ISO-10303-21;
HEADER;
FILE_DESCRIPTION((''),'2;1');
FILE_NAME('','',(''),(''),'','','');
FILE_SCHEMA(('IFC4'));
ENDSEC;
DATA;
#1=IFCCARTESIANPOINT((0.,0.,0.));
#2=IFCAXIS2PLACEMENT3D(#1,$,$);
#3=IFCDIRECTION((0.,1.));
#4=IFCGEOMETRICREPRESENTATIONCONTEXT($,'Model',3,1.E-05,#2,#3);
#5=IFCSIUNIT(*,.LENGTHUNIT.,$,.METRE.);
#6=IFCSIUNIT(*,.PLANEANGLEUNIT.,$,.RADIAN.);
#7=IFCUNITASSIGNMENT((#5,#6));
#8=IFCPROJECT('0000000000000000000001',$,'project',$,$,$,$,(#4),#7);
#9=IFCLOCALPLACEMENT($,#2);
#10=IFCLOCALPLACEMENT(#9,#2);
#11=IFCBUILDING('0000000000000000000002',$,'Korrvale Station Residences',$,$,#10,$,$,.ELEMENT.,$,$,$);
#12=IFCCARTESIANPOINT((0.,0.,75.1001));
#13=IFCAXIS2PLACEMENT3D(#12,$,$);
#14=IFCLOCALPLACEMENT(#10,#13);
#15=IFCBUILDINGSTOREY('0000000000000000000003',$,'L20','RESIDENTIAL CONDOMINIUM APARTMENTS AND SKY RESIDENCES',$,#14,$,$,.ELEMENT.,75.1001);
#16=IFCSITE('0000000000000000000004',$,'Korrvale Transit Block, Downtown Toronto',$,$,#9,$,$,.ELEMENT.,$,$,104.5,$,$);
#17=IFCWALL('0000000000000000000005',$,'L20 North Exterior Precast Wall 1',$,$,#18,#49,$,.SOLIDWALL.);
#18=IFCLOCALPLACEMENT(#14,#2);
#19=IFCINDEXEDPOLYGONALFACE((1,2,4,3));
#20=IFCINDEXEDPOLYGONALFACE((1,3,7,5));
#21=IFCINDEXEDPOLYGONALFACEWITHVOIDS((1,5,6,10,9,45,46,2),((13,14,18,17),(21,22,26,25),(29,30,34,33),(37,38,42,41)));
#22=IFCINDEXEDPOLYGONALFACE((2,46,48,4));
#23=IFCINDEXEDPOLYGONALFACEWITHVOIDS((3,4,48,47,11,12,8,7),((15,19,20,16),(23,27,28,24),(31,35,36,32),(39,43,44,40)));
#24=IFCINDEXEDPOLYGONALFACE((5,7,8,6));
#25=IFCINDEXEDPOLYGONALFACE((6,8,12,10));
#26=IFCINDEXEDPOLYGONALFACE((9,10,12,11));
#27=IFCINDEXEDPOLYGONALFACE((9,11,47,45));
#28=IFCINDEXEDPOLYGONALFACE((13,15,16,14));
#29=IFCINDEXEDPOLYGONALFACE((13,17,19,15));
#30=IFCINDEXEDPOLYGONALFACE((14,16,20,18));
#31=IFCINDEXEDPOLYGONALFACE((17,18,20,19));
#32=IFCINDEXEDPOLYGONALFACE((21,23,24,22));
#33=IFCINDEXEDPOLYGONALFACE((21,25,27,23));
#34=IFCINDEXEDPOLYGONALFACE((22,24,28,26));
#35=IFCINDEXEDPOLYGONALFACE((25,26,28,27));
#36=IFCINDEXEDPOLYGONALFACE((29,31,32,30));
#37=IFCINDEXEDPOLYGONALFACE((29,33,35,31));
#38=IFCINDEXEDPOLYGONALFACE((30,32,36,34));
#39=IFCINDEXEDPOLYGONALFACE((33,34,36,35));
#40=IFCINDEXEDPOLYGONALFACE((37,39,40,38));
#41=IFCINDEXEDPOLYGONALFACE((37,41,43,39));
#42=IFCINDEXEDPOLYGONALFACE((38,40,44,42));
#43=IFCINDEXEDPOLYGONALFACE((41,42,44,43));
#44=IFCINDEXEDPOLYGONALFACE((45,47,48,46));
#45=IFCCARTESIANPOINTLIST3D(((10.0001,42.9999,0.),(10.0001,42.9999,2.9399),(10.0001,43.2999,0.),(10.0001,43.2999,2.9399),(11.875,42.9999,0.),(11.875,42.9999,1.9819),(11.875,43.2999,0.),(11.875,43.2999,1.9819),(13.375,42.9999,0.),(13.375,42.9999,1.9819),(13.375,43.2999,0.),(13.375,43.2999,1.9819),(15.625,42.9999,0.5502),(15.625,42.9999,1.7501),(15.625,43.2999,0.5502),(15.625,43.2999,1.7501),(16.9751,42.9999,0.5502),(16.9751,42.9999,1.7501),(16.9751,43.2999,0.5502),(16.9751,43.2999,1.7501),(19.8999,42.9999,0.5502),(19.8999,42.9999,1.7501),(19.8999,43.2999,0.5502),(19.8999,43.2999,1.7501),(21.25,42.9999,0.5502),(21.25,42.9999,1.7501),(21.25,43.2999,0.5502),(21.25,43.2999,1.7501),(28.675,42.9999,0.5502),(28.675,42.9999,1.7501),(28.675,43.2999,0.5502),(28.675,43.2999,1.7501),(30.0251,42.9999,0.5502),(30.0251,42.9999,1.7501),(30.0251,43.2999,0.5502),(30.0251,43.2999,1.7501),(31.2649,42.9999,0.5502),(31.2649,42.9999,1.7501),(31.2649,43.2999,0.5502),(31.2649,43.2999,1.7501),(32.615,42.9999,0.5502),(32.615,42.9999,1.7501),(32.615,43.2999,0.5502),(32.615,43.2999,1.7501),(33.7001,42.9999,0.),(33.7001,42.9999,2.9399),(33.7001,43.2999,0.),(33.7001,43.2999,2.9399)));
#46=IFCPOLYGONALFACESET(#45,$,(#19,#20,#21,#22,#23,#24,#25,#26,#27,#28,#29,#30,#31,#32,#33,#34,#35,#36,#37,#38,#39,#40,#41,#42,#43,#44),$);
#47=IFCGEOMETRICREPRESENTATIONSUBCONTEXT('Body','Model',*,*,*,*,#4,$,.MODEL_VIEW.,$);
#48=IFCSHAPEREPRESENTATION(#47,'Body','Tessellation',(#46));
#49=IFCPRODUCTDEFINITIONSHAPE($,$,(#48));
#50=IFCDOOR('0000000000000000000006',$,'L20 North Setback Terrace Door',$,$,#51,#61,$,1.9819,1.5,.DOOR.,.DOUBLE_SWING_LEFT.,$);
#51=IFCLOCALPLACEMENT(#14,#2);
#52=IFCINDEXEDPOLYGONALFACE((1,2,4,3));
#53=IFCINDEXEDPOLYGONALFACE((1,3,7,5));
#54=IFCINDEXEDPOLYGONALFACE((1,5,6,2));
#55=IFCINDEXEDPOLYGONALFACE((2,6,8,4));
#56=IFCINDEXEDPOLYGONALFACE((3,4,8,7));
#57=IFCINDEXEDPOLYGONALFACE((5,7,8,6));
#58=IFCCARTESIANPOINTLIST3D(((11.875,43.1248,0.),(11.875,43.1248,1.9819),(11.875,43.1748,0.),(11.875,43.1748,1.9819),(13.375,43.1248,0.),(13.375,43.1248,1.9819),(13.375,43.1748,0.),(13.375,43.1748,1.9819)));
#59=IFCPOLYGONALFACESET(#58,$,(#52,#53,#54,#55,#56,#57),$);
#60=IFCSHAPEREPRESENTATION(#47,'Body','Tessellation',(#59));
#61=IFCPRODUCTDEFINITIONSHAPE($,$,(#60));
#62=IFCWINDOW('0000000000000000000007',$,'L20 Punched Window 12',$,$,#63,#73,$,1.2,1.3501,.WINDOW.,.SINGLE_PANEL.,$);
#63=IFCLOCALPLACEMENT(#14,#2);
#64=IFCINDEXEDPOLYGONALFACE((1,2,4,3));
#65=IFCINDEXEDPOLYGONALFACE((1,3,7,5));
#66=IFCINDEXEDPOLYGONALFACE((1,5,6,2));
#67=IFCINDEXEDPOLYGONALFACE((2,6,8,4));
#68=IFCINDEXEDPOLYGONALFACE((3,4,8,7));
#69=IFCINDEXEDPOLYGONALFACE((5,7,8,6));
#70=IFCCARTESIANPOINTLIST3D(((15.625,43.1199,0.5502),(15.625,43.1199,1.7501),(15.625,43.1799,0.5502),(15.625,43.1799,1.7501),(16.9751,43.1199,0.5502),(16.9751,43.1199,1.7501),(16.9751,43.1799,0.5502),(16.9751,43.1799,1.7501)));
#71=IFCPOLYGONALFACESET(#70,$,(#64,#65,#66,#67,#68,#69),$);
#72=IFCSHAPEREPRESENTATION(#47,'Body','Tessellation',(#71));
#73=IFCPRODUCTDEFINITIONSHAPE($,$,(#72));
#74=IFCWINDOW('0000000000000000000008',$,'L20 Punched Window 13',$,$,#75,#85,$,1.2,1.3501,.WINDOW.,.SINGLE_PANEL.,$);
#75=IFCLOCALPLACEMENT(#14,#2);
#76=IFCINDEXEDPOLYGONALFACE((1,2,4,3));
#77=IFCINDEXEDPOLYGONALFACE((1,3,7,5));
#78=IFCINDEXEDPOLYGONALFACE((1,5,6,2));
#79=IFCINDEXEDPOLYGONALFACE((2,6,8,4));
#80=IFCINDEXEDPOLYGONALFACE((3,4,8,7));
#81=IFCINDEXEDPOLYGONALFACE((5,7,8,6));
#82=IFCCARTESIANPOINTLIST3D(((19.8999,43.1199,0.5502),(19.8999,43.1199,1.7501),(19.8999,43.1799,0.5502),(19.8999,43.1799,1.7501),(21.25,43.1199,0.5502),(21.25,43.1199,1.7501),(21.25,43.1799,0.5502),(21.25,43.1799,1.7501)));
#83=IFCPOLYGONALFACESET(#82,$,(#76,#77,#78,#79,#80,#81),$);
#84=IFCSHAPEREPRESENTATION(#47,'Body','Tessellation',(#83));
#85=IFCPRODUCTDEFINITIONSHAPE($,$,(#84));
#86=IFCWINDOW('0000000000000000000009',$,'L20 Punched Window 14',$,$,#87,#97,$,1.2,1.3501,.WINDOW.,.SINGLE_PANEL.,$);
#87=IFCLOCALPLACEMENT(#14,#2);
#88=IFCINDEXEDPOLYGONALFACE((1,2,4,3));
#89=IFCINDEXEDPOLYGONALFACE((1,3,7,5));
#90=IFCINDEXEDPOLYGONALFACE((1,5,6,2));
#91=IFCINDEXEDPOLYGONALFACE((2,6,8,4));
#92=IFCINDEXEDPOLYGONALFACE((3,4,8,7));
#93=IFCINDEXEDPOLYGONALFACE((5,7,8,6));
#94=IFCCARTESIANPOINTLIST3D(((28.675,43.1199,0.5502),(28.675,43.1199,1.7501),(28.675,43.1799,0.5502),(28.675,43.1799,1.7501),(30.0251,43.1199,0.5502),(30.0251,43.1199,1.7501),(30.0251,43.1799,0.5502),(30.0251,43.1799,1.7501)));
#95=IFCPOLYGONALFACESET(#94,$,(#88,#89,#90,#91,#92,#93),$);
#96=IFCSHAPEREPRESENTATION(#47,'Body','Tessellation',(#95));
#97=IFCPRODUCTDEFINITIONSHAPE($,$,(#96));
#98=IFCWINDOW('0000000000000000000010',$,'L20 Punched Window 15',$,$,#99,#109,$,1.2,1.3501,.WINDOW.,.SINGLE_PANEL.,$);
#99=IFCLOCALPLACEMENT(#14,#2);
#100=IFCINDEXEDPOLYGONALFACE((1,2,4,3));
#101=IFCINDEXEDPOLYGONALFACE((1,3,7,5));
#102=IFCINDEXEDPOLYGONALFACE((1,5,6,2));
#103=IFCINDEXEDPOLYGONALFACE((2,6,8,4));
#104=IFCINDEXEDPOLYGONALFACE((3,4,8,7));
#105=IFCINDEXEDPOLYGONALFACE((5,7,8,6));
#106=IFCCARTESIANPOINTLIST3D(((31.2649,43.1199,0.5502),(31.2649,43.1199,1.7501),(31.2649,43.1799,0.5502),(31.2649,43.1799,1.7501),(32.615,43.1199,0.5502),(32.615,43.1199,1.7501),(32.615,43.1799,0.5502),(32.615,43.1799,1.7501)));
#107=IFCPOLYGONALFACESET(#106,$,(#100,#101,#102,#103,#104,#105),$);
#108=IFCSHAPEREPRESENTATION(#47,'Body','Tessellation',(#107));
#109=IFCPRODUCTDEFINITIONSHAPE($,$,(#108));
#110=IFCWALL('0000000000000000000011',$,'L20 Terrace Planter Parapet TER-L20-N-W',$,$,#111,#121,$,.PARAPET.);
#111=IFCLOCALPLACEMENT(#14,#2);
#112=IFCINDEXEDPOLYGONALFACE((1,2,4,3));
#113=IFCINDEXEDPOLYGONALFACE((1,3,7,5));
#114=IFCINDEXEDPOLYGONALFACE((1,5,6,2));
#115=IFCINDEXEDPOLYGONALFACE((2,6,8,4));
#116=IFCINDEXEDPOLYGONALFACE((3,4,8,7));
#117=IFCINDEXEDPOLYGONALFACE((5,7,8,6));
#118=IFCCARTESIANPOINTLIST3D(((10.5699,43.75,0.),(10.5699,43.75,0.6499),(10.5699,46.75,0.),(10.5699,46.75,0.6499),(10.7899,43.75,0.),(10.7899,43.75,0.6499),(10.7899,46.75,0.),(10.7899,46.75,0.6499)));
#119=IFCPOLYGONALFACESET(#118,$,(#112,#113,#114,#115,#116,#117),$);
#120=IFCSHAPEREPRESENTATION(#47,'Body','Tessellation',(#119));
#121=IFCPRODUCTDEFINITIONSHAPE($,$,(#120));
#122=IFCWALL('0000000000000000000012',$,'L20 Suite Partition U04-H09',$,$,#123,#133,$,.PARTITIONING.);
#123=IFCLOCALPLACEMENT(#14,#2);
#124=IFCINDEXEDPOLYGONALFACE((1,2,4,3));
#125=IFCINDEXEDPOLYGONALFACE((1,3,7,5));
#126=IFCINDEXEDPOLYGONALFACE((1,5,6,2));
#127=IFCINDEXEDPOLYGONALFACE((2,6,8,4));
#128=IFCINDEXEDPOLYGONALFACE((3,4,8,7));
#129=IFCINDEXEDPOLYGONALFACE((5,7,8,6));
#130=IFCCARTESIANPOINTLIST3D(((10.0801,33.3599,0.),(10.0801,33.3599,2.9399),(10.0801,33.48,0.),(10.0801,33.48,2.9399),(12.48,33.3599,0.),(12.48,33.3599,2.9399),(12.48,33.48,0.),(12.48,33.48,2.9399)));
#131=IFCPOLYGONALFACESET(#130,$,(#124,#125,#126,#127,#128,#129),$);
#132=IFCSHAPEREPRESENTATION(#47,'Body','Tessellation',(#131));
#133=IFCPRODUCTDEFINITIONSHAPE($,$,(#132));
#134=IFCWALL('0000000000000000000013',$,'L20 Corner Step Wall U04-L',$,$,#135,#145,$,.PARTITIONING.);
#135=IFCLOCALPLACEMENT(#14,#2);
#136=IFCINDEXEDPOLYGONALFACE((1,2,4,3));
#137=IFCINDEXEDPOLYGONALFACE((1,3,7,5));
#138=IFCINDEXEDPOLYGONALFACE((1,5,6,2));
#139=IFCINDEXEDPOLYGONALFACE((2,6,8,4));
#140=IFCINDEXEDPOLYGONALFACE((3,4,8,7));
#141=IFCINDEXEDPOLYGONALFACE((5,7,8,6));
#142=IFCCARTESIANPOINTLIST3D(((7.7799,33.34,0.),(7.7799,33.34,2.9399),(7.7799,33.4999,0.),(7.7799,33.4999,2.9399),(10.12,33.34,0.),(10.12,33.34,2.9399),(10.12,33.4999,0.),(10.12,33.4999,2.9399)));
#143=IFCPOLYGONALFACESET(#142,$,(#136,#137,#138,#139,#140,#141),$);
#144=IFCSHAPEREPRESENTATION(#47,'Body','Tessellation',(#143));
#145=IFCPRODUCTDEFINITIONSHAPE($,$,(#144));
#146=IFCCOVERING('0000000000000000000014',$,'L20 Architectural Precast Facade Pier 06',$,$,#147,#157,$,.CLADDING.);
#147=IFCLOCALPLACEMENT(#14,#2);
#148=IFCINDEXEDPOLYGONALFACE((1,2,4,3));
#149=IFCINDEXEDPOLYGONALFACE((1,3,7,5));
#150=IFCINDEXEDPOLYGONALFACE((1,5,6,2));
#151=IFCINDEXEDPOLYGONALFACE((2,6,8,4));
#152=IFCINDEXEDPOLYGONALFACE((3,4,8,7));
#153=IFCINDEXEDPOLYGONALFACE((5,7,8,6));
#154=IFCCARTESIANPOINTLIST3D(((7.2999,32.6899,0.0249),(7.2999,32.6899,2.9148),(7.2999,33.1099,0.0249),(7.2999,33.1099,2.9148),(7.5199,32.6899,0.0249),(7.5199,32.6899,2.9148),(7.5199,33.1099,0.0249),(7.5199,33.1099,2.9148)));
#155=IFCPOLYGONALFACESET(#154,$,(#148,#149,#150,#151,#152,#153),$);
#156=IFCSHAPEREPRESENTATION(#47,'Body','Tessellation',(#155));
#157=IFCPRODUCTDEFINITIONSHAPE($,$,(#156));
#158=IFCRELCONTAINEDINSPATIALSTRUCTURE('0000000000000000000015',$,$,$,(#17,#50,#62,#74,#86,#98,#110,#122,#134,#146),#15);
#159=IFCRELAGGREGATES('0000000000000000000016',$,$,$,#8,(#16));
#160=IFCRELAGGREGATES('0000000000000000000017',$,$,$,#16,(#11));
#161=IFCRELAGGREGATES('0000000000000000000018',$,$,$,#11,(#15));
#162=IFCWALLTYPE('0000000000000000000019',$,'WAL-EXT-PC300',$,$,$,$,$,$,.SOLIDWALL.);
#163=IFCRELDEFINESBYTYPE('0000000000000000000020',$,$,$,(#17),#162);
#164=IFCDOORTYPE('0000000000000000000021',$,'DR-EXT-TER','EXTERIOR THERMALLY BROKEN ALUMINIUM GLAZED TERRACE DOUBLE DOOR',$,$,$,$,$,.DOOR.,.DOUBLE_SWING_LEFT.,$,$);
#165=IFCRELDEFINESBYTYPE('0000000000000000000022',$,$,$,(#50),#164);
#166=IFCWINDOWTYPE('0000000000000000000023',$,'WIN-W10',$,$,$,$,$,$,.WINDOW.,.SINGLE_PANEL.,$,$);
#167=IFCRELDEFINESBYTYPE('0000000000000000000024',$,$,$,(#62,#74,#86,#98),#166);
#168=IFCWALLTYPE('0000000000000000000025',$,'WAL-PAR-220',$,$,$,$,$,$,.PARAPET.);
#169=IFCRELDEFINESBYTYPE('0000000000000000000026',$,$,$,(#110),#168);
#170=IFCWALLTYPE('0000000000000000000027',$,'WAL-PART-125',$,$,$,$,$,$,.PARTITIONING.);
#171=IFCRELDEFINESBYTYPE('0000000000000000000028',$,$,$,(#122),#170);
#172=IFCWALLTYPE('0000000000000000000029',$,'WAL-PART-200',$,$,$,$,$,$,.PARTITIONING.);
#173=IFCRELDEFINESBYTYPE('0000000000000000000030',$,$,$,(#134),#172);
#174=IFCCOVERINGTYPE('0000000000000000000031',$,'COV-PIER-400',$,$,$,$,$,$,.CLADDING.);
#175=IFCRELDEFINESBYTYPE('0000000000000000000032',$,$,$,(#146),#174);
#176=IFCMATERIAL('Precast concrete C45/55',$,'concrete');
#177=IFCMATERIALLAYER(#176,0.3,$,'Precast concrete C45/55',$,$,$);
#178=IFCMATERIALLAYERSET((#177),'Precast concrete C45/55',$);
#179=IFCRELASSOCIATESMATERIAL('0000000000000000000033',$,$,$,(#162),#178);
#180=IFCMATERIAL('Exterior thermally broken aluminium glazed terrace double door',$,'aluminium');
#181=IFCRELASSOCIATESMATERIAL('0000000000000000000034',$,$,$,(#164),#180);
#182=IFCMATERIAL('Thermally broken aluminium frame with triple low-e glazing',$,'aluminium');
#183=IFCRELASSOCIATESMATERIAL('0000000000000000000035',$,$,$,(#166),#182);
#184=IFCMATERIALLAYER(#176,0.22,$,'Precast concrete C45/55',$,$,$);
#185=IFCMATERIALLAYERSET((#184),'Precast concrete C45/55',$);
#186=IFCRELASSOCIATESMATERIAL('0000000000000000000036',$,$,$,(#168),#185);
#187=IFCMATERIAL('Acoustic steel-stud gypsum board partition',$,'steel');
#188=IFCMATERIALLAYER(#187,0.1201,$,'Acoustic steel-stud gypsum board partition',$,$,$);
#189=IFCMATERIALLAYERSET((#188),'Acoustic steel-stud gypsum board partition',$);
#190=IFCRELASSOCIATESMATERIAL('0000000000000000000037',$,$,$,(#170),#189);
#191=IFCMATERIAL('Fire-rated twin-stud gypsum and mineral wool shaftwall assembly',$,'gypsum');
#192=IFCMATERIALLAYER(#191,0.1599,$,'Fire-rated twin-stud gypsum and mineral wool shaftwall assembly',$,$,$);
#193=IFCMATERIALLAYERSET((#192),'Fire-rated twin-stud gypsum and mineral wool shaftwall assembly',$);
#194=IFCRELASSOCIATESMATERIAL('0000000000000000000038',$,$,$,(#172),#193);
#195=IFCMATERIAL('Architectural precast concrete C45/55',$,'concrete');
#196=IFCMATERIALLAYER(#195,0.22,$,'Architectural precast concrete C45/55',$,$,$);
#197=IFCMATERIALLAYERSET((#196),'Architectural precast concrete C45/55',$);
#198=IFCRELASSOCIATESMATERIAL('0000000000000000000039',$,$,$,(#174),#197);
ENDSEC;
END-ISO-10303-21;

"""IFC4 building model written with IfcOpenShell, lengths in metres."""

from ifc_helpers import new_model, si_unit, direction, frame, frame_2d, origin, origin_2d, place, context, subcontext, project, spatial, rectangle, extrude, material, layer, layer_set, type_object, element, fill, save


model = new_model("IFC4")

# Units and contexts
model_context = context("Model", 3, precision=1e-05, world=origin(), true_north=direction((0.0, 1.0)))
body_context = subcontext(model_context, "Body", "Model", "MODEL_VIEW")
ifc_project = project(units=[si_unit("LENGTHUNIT", "METRE"), si_unit("PLANEANGLEUNIT", "RADIAN")], contexts=[model_context])

# Site, building, storey
site_placement = place(None, origin())
site = spatial("IfcSite", under=ifc_project, at=site_placement, Name="Korrvale Transit Block, Downtown Toronto", CompositionType="ELEMENT", RefElevation=104.5)
building_placement = place(site_placement, origin())
building = spatial("IfcBuilding", under=site, at=building_placement, Name="Korrvale Station Residences", CompositionType="ELEMENT")
storey_placement = place(building_placement, frame((0.0, 0.0, 75.1001)))
storey = spatial("IfcBuildingStorey", under=building, at=storey_placement, Name="L20", Description="RESIDENTIAL CONDOMINIUM APARTMENTS AND SKY RESIDENCES", CompositionType="ELEMENT", Elevation=75.1001)

# Shared definitions
ifc_material_1 = material(Name="Precast concrete C45/55", Category="concrete")

# Wall, openings, door, windows
ifc_layer_1 = layer(ifc_material_1, 0.3, Name="Precast concrete C45/55")
ifc_layer_set_1 = layer_set([ifc_layer_1], Name="Precast concrete C45/55")
wall_type_1 = type_object("IfcWallType", Name="WAL-EXT-PC300", PredefinedType="SOLIDWALL", material=ifc_layer_set_1)
wall_1_placement = place(storey_placement, frame((10.0, 43.1499, 0.0), z_axis=(0.0, 0.0, 1.0), x_axis=(1.0, 0.0, 0.0)))
wall_1 = element("IfcWall", 1, at=wall_1_placement, inside=storey, type_object=wall_type_1, Name="L20 North Exterior Precast Wall 1", PredefinedType="SOLIDWALL", context=body_context, shape_type="SweptSolid", body=[
    extrude(rectangle(XDim=23.7, YDim=0.3, at=frame_2d((11.8501, 0.0))), origin(), (0.0, 0.0, 1.0), 2.9399),
])
opening_1_placement = place(wall_1_placement, frame((1.875, 0.0, 0.0)))
opening_1 = element("IfcOpeningElement", 2, at=opening_1_placement, cuts=wall_1, PredefinedType="OPENING", context=body_context, shape_type="SweptSolid", body=[
    extrude(rectangle(XDim=1.5, YDim=1.9819, at=frame_2d((0.75, 0.991))), frame((0.0, 0.1602, 0.0), z_axis=(0.0, -1.0, 0.0), x_axis=(1.0, 0.0, 0.0)), (0.0, 0.0, 1.0), 0.3201),
])
opening_2_placement = place(wall_1_placement, frame((5.625, 0.0, 0.55)))
opening_2 = element("IfcOpeningElement", 3, at=opening_2_placement, cuts=wall_1, PredefinedType="OPENING", context=body_context, shape_type="SweptSolid", body=[
    extrude(rectangle(XDim=1.3501, YDim=1.2, at=frame_2d((0.675, 0.6001))), frame((0.0, 0.1602, 0.0), z_axis=(0.0, -1.0, 0.0), x_axis=(1.0, 0.0, 0.0)), (0.0, 0.0, 1.0), 0.3201),
])
opening_3_placement = place(wall_1_placement, frame((9.8999, 0.0, 0.55)))
opening_3 = element("IfcOpeningElement", 4, at=opening_3_placement, cuts=wall_1, PredefinedType="OPENING", context=body_context, shape_type="SweptSolid", body=[
    extrude(rectangle(XDim=1.3501, YDim=1.2, at=frame_2d((0.675, 0.6001))), frame((0.0, 0.1602, 0.0), z_axis=(0.0, -1.0, 0.0), x_axis=(1.0, 0.0, 0.0)), (0.0, 0.0, 1.0), 0.3201),
])
opening_4_placement = place(wall_1_placement, frame((18.675, 0.0, 0.55)))
opening_4 = element("IfcOpeningElement", 5, at=opening_4_placement, cuts=wall_1, PredefinedType="OPENING", context=body_context, shape_type="SweptSolid", body=[
    extrude(rectangle(XDim=1.3501, YDim=1.2, at=frame_2d((0.675, 0.6001))), frame((0.0, 0.1602, 0.0), z_axis=(0.0, -1.0, 0.0), x_axis=(1.0, 0.0, 0.0)), (0.0, 0.0, 1.0), 0.3201),
])
opening_5_placement = place(wall_1_placement, frame((21.2649, 0.0, 0.55)))
opening_5 = element("IfcOpeningElement", 6, at=opening_5_placement, cuts=wall_1, PredefinedType="OPENING", context=body_context, shape_type="SweptSolid", body=[
    extrude(rectangle(XDim=1.3501, YDim=1.2, at=frame_2d((0.675, 0.6001))), frame((0.0, 0.1602, 0.0), z_axis=(0.0, -1.0, 0.0), x_axis=(1.0, 0.0, 0.0)), (0.0, 0.0, 1.0), 0.3201),
])
ifc_material_2 = material(Name="Exterior thermally broken aluminium glazed terrace double door", Category="aluminium")
door_type = type_object("IfcDoorType", Name="DR-EXT-TER", Description="EXTERIOR THERMALLY BROKEN ALUMINIUM GLAZED TERRACE DOUBLE DOOR", OperationType="DOUBLE_SWING_LEFT", PredefinedType="DOOR", material=ifc_material_2)
door_placement = place(opening_1_placement, origin())
door = element("IfcDoor", 7, at=door_placement, inside=storey, type_object=door_type, Name="L20 North Setback Terrace Door", OperationType="DOUBLE_SWING_LEFT", OverallHeight=1.9819, OverallWidth=1.5, PredefinedType="DOOR", context=body_context, shape_type="SweptSolid", body=[
    extrude(rectangle(XDim=1.5, YDim=1.9819, at=frame_2d((0.75, 0.991))), frame((0.0, 0.0249, 0.0), z_axis=(0.0, -1.0, 0.0), x_axis=(1.0, 0.0, 0.0)), (0.0, 0.0, 1.0), 0.05),
])
fill(opening_1, door)
ifc_material_3 = material(Name="Thermally broken aluminium frame with triple low-e glazing", Category="aluminium")
window_type = type_object("IfcWindowType", Name="WIN-W10", PartitioningType="SINGLE_PANEL", PredefinedType="WINDOW", material=ifc_material_3)
window_1_placement = place(opening_2_placement, origin())
window_1 = element("IfcWindow", 8, at=window_1_placement, inside=storey, type_object=window_type, Name="L20 Punched Window 12", OverallHeight=1.2, OverallWidth=1.3501, PartitioningType="SINGLE_PANEL", PredefinedType="WINDOW", context=body_context, shape_type="SweptSolid", body=[
    extrude(rectangle(XDim=1.3501, YDim=1.2, at=frame_2d((0.675, 0.6001))), frame((0.0, 0.03, 0.0), z_axis=(0.0, -1.0, 0.0), x_axis=(1.0, 0.0, 0.0)), (0.0, 0.0, 1.0), 0.0601),
])
fill(opening_2, window_1)
window_2_placement = place(opening_3_placement, origin())
window_2 = element("IfcWindow", 9, at=window_2_placement, inside=storey, type_object=window_type, Name="L20 Punched Window 13", OverallHeight=1.2, OverallWidth=1.3501, PartitioningType="SINGLE_PANEL", PredefinedType="WINDOW", context=body_context, shape_type="SweptSolid", body=[
    extrude(rectangle(XDim=1.3501, YDim=1.2, at=frame_2d((0.675, 0.6001))), frame((0.0, 0.03, 0.0), z_axis=(0.0, -1.0, 0.0), x_axis=(1.0, 0.0, 0.0)), (0.0, 0.0, 1.0), 0.0601),
])
fill(opening_3, window_2)
window_3_placement = place(opening_4_placement, origin())
window_3 = element("IfcWindow", 10, at=window_3_placement, inside=storey, type_object=window_type, Name="L20 Punched Window 14", OverallHeight=1.2, OverallWidth=1.3501, PartitioningType="SINGLE_PANEL", PredefinedType="WINDOW", context=body_context, shape_type="SweptSolid", body=[
    extrude(rectangle(XDim=1.3501, YDim=1.2, at=frame_2d((0.675, 0.6001))), frame((0.0, 0.03, 0.0), z_axis=(0.0, -1.0, 0.0), x_axis=(1.0, 0.0, 0.0)), (0.0, 0.0, 1.0), 0.0601),
])
fill(opening_4, window_3)
window_4_placement = place(opening_5_placement, origin())
window_4 = element("IfcWindow", 11, at=window_4_placement, inside=storey, type_object=window_type, Name="L20 Punched Window 15", OverallHeight=1.2, OverallWidth=1.3501, PartitioningType="SINGLE_PANEL", PredefinedType="WINDOW", context=body_context, shape_type="SweptSolid", body=[
    extrude(rectangle(XDim=1.3501, YDim=1.2, at=frame_2d((0.675, 0.6001))), frame((0.0, 0.03, 0.0), z_axis=(0.0, -1.0, 0.0), x_axis=(1.0, 0.0, 0.0)), (0.0, 0.0, 1.0), 0.0601),
])
fill(opening_5, window_4)

# Walls
ifc_layer_2 = layer(ifc_material_1, 0.22, Name="Precast concrete C45/55")
ifc_layer_set_2 = layer_set([ifc_layer_2], Name="Precast concrete C45/55")
wall_type_2 = type_object("IfcWallType", Name="WAL-PAR-220", PredefinedType="PARAPET", material=ifc_layer_set_2)
wall_2_placement = place(storey_placement, frame((10.6799, 43.75, 0.0), z_axis=(0.0, 0.0, 1.0), x_axis=(0.0, 1.0, 0.0)))
element("IfcWall", 12, at=wall_2_placement, inside=storey, type_object=wall_type_2, Name="L20 Terrace Planter Parapet TER-L20-N-W", PredefinedType="PARAPET", context=body_context, shape_type="SweptSolid", body=[
    extrude(rectangle(XDim=3.0, YDim=0.22, at=frame_2d((1.5, 0.0))), origin(), (0.0, 0.0, 1.0), 0.6499),
])
ifc_material_4 = material(Name="Acoustic steel-stud gypsum board partition", Category="steel")
ifc_layer_3 = layer(ifc_material_4, 0.1201, Name="Acoustic steel-stud gypsum board partition")
ifc_layer_set_3 = layer_set([ifc_layer_3], Name="Acoustic steel-stud gypsum board partition")
wall_type_3 = type_object("IfcWallType", Name="WAL-PART-125", PredefinedType="PARTITIONING", material=ifc_layer_set_3)
wall_3_placement = place(storey_placement, frame((10.0801, 33.4199, 0.0), z_axis=(0.0, 0.0, 1.0), x_axis=(1.0, 0.0, 0.0)))
element("IfcWall", 13, at=wall_3_placement, inside=storey, type_object=wall_type_3, Name="L20 Suite Partition U04-H09", PredefinedType="PARTITIONING", context=body_context, shape_type="SweptSolid", body=[
    extrude(rectangle(XDim=2.3999, YDim=0.1201, at=frame_2d((1.2, 0.0))), origin(), (0.0, 0.0, 1.0), 2.9399),
])
ifc_material_5 = material(Name="Fire-rated twin-stud gypsum and mineral wool shaftwall assembly", Category="gypsum")
ifc_layer_4 = layer(ifc_material_5, 0.1599, Name="Fire-rated twin-stud gypsum and mineral wool shaftwall assembly")
ifc_layer_set_4 = layer_set([ifc_layer_4], Name="Fire-rated twin-stud gypsum and mineral wool shaftwall assembly")
wall_type_4 = type_object("IfcWallType", Name="WAL-PART-200", PredefinedType="PARTITIONING", material=ifc_layer_set_4)
wall_4_placement = place(storey_placement, frame((7.78, 33.4199, 0.0), z_axis=(0.0, 0.0, 1.0), x_axis=(1.0, 0.0, 0.0)))
element("IfcWall", 14, at=wall_4_placement, inside=storey, type_object=wall_type_4, Name="L20 Corner Step Wall U04-L", PredefinedType="PARTITIONING", context=body_context, shape_type="SweptSolid", body=[
    extrude(rectangle(XDim=2.3401, YDim=0.1599, at=frame_2d((1.1699, 0.0))), origin(), (0.0, 0.0, 1.0), 2.9399),
])

# Covering
ifc_material_6 = material(Name="Architectural precast concrete C45/55", Category="concrete")
ifc_layer_5 = layer(ifc_material_6, 0.22, Name="Architectural precast concrete C45/55")
ifc_layer_set_5 = layer_set([ifc_layer_5], Name="Architectural precast concrete C45/55")
covering_type = type_object("IfcCoveringType", Name="COV-PIER-400", PredefinedType="CLADDING", material=ifc_layer_set_5)
for number, where, z_axis, x_axis, name in (
    (15, (7.4099, 32.8999, 0.0249), (0.0, 0.0, 1.0), (0.0, 1.0, 0.0), "L20 Architectural Precast Facade Pier 06"),
):
    element("IfcCovering", number, at=place(storey_placement, frame(where, z_axis=z_axis, x_axis=x_axis)), inside=storey, type_object=covering_type, Name=name, PredefinedType="CLADDING", context=body_context, shape_type="SweptSolid", body=[
        extrude(rectangle(XDim=0.4199, YDim=0.22, at=origin_2d()), origin(), (0.0, 0.0, 1.0), 2.8899),
    ])

save(model, "model.ifc")
